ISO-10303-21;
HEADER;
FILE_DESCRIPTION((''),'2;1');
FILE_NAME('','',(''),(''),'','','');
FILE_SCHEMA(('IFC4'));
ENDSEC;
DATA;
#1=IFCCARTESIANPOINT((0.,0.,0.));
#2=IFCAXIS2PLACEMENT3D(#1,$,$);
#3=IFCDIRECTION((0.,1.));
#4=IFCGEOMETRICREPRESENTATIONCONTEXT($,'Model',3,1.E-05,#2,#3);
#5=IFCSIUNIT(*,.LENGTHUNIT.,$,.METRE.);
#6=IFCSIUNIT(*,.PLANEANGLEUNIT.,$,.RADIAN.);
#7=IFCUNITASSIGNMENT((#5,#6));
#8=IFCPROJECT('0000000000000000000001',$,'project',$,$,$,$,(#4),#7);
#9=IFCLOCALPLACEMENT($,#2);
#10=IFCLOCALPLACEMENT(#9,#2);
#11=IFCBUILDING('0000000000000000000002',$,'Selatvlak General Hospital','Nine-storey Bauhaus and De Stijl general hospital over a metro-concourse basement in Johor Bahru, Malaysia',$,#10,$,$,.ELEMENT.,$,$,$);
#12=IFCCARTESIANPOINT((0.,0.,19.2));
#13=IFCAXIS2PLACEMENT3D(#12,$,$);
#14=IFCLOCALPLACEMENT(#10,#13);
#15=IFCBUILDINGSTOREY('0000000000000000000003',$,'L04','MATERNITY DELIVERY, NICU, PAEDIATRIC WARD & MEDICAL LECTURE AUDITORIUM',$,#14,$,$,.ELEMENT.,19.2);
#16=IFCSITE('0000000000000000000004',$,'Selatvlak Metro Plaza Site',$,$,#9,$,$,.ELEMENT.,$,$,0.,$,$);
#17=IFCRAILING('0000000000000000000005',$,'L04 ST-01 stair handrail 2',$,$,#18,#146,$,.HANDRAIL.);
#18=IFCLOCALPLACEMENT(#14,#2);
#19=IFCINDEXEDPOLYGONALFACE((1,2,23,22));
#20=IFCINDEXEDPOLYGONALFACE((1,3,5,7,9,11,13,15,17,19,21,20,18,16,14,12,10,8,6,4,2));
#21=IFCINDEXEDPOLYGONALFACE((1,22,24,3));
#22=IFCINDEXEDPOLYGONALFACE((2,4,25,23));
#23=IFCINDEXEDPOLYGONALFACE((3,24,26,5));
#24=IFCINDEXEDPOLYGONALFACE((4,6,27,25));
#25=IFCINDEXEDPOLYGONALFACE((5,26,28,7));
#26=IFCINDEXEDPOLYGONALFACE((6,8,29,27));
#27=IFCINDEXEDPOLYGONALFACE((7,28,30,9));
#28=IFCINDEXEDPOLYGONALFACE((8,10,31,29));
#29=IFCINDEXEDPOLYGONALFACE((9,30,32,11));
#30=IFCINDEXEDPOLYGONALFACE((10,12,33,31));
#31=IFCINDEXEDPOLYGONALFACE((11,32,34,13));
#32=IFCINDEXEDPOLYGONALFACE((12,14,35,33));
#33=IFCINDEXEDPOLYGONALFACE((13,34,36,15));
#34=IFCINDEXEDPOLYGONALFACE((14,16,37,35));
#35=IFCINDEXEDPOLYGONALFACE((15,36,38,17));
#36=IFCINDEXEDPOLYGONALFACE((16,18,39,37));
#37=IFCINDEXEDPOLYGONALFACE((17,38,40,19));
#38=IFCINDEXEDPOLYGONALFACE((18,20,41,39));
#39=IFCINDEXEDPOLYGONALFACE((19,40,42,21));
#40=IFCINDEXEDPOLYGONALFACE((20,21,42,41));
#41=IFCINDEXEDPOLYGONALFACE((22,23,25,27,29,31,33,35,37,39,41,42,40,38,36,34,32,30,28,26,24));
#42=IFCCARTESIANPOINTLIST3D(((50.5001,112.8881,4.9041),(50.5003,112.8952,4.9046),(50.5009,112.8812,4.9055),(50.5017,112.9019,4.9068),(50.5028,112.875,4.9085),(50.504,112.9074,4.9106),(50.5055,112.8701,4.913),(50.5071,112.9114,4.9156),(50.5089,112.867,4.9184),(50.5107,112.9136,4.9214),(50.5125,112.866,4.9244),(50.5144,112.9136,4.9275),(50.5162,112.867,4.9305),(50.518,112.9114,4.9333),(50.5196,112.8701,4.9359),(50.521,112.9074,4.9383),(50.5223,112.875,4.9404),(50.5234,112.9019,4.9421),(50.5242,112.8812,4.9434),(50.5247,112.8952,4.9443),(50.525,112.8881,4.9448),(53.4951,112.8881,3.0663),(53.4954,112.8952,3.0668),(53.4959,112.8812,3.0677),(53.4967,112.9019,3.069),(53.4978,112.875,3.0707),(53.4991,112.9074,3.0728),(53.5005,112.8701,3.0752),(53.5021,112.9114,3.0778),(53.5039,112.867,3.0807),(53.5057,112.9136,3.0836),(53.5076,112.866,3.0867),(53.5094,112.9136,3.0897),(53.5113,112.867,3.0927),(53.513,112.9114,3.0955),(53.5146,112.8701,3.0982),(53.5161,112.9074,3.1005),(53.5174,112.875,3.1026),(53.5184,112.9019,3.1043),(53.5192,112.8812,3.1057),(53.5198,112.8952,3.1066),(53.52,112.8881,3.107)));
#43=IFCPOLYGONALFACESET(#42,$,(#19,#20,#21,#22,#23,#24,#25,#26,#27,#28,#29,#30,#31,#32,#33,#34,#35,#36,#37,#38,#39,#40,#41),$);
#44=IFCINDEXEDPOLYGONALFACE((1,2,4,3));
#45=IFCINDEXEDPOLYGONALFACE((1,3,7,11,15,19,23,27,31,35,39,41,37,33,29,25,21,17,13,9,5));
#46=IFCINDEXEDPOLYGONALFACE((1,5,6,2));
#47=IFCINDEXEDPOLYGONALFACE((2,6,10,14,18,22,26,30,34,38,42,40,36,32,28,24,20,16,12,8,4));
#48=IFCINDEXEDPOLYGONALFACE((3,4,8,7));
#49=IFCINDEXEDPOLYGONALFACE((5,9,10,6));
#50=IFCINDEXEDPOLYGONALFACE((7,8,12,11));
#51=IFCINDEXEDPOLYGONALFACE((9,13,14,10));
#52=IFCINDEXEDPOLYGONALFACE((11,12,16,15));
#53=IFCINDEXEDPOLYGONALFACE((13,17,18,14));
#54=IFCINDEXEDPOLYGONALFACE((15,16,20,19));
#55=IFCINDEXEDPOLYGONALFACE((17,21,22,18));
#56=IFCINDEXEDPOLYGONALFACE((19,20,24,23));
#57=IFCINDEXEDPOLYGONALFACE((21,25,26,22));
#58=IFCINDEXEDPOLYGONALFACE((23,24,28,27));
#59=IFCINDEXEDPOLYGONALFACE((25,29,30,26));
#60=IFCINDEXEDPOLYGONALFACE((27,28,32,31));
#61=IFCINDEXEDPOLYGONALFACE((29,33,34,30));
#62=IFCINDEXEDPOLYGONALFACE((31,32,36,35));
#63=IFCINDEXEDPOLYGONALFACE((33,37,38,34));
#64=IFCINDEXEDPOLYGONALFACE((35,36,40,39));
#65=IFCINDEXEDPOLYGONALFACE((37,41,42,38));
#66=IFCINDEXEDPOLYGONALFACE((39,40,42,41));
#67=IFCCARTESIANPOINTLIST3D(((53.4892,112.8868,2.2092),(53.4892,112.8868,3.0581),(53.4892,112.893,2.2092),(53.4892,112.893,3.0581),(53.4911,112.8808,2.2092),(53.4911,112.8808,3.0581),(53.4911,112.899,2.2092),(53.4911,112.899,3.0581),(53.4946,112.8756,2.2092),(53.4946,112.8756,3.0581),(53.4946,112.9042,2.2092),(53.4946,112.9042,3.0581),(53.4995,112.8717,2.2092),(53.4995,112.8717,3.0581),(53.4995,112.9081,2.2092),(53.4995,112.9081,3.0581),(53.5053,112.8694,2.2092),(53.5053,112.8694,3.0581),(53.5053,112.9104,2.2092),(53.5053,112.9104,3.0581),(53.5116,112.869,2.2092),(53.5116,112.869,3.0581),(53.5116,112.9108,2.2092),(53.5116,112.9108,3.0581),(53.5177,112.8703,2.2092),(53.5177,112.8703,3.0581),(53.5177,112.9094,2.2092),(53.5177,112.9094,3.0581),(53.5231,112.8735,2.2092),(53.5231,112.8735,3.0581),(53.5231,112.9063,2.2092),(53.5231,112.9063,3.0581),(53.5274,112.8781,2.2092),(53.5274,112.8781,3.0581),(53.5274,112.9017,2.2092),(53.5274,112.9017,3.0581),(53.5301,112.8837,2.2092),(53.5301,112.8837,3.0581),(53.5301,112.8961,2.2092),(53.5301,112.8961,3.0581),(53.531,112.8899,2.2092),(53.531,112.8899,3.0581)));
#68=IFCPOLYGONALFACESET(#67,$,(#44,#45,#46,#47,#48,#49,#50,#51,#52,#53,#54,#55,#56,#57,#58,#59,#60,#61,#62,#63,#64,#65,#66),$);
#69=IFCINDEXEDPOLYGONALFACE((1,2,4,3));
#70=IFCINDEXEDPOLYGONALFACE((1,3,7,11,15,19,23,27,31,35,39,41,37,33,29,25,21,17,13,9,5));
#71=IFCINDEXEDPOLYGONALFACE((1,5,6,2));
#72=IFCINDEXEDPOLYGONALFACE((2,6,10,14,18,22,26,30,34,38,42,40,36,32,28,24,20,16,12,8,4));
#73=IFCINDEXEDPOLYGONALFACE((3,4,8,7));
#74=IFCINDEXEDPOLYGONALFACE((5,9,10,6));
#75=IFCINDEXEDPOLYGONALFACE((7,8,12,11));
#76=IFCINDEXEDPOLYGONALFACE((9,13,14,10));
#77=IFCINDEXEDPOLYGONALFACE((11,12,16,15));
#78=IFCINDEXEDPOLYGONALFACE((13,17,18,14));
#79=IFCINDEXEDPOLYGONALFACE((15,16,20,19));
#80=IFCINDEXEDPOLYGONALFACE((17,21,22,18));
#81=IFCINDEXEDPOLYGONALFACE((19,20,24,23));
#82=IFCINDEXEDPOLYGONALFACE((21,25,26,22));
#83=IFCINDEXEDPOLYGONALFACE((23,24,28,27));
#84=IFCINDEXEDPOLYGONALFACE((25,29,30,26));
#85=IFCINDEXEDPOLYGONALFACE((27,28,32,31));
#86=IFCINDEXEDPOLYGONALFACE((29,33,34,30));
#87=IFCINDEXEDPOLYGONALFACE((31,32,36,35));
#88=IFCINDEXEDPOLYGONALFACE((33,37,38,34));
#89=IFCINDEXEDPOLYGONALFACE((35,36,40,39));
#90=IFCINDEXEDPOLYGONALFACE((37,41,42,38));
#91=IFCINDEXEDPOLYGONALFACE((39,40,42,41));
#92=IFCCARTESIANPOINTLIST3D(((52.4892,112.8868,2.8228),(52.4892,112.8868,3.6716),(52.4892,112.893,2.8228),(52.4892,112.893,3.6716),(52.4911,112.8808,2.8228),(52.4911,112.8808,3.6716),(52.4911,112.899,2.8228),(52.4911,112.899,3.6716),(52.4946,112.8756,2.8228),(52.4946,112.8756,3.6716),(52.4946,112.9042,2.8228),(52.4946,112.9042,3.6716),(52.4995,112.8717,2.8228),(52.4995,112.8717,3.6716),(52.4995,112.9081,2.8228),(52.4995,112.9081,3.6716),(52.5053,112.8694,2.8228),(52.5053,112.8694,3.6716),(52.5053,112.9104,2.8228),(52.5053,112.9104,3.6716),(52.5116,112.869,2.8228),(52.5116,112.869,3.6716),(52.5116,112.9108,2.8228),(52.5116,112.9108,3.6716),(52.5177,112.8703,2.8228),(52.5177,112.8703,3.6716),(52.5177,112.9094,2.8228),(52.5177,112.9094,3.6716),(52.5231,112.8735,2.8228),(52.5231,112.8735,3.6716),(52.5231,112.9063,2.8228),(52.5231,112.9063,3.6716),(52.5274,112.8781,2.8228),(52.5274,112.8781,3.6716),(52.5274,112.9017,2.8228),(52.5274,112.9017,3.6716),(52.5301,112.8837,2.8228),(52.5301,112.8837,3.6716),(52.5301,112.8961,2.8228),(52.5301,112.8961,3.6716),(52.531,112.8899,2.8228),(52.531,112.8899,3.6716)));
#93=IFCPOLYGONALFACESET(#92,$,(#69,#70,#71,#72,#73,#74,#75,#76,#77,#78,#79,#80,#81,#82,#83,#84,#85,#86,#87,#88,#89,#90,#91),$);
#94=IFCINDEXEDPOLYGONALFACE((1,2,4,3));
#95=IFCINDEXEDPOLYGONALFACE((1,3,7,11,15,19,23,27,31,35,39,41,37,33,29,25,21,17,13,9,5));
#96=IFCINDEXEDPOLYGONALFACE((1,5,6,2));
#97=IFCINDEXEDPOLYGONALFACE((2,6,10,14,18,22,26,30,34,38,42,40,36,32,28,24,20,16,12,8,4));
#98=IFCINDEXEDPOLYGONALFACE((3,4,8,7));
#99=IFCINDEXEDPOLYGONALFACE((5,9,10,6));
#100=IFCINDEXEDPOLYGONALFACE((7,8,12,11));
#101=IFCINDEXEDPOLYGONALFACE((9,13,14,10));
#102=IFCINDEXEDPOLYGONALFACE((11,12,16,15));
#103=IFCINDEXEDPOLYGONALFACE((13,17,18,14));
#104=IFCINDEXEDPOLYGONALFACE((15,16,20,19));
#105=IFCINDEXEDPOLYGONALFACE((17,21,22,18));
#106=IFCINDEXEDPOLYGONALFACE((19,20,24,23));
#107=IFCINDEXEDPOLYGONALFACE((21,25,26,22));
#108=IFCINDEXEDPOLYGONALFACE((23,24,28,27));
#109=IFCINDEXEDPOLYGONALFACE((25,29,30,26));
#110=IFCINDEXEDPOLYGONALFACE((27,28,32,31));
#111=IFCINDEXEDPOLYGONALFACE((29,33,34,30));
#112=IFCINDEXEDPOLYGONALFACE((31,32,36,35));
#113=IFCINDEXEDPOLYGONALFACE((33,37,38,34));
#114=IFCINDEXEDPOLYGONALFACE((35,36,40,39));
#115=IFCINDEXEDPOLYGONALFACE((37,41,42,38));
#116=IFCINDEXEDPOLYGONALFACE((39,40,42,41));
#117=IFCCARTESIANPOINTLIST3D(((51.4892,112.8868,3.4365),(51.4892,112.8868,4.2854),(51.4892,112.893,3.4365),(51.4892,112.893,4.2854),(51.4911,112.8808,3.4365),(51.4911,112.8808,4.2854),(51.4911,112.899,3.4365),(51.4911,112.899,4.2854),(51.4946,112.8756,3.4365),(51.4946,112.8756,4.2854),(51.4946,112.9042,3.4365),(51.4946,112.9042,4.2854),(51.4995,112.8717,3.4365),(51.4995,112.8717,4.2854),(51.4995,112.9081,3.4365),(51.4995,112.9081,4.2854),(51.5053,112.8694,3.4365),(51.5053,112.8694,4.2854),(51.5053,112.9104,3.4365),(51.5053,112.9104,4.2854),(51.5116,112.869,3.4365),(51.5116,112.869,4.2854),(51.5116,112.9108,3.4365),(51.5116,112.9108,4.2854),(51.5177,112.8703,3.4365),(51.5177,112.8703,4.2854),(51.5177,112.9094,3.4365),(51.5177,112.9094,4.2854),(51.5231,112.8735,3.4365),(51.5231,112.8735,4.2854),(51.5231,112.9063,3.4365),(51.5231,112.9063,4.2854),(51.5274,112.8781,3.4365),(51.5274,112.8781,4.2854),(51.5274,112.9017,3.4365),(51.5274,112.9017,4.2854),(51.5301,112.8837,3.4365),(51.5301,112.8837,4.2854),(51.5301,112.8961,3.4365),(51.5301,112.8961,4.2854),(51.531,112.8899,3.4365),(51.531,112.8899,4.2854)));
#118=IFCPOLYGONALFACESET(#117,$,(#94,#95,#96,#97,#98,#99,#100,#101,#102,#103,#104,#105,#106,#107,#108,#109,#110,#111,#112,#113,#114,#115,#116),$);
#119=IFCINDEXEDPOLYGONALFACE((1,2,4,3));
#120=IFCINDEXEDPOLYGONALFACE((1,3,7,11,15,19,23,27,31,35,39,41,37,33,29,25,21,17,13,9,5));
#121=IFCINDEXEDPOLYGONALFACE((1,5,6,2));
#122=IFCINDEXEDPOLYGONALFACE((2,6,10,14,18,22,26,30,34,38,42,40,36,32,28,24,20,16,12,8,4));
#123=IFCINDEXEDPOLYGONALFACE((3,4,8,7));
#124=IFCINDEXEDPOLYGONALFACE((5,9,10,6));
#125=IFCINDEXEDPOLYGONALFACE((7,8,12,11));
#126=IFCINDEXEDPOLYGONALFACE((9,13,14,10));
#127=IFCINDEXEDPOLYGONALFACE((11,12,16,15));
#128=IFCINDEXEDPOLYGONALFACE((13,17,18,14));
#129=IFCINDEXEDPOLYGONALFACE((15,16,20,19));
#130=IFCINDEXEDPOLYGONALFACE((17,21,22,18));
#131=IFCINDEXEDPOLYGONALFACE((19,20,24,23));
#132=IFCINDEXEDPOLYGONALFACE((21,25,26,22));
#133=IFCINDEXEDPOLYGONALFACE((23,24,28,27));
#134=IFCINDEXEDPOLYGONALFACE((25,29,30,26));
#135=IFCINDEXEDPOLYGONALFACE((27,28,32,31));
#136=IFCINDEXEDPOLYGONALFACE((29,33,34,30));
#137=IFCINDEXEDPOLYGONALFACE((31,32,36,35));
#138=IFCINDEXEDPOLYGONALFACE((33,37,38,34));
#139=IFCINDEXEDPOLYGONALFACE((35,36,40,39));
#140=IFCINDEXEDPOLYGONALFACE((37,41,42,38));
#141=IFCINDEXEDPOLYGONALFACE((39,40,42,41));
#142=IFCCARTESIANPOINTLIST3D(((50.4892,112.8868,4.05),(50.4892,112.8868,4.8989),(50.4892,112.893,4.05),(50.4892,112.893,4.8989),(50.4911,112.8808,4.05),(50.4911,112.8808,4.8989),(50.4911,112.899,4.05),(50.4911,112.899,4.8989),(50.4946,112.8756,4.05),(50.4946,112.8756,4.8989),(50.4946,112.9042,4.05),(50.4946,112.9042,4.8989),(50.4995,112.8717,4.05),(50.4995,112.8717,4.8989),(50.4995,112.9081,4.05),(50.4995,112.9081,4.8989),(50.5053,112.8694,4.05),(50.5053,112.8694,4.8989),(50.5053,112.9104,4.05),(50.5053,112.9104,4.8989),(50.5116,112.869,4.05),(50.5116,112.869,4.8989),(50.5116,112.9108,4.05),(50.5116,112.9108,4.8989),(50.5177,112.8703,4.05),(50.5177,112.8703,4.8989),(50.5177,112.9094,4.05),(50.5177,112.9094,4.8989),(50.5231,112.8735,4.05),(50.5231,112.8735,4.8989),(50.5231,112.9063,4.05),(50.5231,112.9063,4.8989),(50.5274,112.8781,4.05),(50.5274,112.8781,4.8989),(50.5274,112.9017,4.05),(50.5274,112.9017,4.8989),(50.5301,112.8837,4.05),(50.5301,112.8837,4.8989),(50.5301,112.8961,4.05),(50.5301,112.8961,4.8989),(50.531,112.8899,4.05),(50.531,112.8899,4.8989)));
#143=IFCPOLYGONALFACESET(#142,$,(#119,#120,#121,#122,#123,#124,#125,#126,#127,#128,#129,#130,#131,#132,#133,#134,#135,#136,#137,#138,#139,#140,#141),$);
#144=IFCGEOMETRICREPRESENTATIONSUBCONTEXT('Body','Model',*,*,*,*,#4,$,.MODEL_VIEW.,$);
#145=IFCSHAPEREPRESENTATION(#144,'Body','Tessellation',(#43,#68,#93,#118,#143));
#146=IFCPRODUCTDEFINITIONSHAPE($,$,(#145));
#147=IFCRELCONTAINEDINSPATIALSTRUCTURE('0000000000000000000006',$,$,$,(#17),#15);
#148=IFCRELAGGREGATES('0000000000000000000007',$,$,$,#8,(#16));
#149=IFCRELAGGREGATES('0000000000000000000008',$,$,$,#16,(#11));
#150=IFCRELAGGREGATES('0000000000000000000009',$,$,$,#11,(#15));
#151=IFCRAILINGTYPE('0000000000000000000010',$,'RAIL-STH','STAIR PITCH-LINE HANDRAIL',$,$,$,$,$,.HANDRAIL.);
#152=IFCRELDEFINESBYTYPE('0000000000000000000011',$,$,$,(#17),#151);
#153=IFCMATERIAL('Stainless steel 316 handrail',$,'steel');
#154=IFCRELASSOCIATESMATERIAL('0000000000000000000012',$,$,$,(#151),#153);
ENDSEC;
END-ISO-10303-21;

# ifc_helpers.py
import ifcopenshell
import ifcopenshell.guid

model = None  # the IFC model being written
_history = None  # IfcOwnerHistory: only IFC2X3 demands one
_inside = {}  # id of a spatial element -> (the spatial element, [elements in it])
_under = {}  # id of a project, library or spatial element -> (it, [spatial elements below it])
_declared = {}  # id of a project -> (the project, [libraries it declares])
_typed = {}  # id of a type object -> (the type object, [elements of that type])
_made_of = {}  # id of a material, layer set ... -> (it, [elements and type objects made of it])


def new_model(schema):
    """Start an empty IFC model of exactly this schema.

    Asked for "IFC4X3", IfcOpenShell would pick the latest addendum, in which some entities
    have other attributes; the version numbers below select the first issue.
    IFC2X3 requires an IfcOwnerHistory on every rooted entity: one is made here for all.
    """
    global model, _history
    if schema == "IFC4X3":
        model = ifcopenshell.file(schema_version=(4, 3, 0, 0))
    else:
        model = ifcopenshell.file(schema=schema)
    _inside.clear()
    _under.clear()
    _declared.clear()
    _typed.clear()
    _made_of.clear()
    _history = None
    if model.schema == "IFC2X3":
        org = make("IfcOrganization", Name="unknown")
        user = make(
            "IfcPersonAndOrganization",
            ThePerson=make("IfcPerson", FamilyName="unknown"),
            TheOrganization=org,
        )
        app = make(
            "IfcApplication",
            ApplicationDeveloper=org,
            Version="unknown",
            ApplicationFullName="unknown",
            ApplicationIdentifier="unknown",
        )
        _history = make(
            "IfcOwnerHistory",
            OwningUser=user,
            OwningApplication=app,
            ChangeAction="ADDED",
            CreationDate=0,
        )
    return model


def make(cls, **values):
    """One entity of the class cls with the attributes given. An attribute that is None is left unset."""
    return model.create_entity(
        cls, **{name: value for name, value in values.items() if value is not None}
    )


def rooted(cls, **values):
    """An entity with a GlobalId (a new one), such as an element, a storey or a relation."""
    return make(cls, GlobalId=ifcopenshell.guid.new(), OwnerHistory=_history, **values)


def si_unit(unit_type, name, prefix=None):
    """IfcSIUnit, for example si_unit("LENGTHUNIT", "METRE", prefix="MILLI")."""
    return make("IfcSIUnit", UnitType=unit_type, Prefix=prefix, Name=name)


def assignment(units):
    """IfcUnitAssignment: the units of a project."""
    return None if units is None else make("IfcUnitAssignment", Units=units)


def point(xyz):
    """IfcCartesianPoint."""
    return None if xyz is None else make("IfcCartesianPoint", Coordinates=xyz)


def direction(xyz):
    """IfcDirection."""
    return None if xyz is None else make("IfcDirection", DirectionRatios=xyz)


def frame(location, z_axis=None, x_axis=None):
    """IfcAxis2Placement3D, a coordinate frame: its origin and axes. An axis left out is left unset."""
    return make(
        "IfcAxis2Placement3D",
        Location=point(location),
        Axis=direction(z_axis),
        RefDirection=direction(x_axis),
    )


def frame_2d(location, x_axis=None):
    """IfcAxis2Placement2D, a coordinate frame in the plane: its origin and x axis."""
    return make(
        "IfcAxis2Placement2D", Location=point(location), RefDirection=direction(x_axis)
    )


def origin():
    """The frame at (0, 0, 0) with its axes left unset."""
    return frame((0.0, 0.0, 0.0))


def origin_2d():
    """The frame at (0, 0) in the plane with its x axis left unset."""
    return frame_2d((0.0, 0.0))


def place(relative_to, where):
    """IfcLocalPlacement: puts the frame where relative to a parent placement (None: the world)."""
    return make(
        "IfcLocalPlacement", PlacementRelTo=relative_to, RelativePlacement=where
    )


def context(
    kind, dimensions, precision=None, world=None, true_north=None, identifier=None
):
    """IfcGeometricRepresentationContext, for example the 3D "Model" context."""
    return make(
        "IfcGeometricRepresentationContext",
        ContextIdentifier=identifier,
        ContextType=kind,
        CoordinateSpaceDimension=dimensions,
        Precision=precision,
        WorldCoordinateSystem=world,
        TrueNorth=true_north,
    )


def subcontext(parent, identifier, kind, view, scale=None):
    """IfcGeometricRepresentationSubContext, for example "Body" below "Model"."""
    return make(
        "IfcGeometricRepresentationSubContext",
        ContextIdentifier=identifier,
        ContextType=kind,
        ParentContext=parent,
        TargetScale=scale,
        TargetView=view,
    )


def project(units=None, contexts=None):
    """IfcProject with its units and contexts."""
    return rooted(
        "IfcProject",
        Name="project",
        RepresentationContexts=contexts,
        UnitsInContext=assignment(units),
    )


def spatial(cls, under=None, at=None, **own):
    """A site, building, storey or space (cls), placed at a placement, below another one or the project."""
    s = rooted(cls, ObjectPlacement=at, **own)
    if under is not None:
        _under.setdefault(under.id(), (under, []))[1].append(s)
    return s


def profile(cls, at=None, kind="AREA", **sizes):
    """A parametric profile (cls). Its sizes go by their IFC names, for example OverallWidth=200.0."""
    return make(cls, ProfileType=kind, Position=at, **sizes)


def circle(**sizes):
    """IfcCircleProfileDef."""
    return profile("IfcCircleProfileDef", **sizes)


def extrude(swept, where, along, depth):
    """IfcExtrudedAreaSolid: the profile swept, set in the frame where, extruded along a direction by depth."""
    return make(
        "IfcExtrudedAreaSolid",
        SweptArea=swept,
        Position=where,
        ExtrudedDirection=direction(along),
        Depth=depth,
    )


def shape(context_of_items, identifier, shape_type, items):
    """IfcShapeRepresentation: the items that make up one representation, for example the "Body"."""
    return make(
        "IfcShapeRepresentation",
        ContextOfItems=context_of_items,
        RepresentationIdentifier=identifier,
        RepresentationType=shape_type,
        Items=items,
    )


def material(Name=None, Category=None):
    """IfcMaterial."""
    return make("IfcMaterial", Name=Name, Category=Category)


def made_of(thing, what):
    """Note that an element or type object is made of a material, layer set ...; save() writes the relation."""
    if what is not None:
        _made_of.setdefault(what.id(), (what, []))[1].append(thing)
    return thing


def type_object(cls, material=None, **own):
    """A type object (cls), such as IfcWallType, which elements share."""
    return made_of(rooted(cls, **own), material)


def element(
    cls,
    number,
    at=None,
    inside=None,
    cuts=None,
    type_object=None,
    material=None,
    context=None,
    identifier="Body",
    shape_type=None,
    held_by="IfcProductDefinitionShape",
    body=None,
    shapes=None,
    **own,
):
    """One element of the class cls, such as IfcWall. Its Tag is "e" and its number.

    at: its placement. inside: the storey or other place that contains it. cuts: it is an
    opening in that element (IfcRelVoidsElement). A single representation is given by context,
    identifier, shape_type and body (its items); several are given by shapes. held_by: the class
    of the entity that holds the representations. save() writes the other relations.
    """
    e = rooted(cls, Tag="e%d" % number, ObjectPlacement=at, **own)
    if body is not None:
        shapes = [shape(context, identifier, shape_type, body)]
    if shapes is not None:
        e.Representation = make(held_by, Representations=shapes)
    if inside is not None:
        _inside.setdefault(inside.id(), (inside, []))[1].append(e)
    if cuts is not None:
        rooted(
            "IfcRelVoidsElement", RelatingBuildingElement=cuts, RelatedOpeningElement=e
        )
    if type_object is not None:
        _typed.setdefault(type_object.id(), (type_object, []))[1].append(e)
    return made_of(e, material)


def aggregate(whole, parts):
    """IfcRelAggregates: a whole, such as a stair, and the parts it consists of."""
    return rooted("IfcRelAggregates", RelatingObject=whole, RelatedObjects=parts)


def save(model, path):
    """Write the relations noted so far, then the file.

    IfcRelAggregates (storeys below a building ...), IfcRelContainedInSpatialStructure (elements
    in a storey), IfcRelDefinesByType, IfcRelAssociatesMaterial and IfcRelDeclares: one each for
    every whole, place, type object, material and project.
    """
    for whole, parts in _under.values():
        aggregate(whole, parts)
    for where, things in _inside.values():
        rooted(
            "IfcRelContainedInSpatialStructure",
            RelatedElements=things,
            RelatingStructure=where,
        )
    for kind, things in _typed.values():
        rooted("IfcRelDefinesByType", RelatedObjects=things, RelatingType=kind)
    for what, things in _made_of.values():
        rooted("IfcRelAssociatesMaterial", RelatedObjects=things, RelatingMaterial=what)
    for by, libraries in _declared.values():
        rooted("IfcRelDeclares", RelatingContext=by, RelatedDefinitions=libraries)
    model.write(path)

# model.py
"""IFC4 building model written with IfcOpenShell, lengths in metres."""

from ifc_helpers import new_model, si_unit, direction, frame, origin, origin_2d, place, context, subcontext, project, spatial, circle, extrude, material, type_object, element, save


model = new_model("IFC4")

# Units and contexts
model_context = context("Model", 3, precision=1e-05, world=origin(), true_north=direction((0.0, 1.0)))
body_context = subcontext(model_context, "Body", "Model", "MODEL_VIEW")
ifc_project = project(units=[si_unit("LENGTHUNIT", "METRE"), si_unit("PLANEANGLEUNIT", "RADIAN")], contexts=[model_context])

# Site, building, storey
site_placement = place(None, origin())
site = spatial("IfcSite", under=ifc_project, at=site_placement, Name="Selatvlak Metro Plaza Site", CompositionType="ELEMENT", RefElevation=0.0)
building_placement = place(site_placement, origin())
building = spatial("IfcBuilding", under=site, at=building_placement, Name="Selatvlak General Hospital", Description="Nine-storey Bauhaus and De Stijl general hospital over a metro-concourse basement in Johor Bahru, Malaysia", CompositionType="ELEMENT")
storey_placement = place(building_placement, frame((0.0, 0.0, 19.2)))
storey = spatial("IfcBuildingStorey", under=building, at=storey_placement, Name="L04", Description="MATERNITY DELIVERY, NICU, PAEDIATRIC WARD & MEDICAL LECTURE AUDITORIUM", CompositionType="ELEMENT", Elevation=19.2)

# Railing
ifc_material_1 = material(Name="Stainless steel 316 handrail", Category="steel")
railing_type = type_object("IfcRailingType", Name="RAIL-STH", Description="STAIR PITCH-LINE HANDRAIL", PredefinedType="HANDRAIL", material=ifc_material_1)
railing_placement = place(storey_placement, frame((53.51, 112.8899, 2.2092)))
element("IfcRailing", 1, at=railing_placement, inside=storey, type_object=railing_type, Name="L04 ST-01 stair handrail 2", PredefinedType="HANDRAIL", context=body_context, shape_type="SweptSolid", body=[
    extrude(circle(Radius=0.0239, at=origin_2d()), frame((-0.0024, 0.0, 0.8774), z_axis=(-0.852334, 0.0, 0.522998), x_axis=(0.0, -1.0, 0.0)), (0.0, 0.0, 1.0), 3.5139),
    extrude(circle(Radius=0.021, at=origin_2d()), origin(), (0.0, 0.0, 1.0), 0.8489),
    extrude(circle(Radius=0.021, at=origin_2d()), frame((-1.0, 0.0, 0.6135)), (0.0, 0.0, 1.0), 0.8489),
    extrude(circle(Radius=0.021, at=origin_2d()), frame((-2.0, 0.0, 1.2273)), (0.0, 0.0, 1.0), 0.8489),
    extrude(circle(Radius=0.021, at=origin_2d()), frame((-3.0, 0.0, 1.8408)), (0.0, 0.0, 1.0), 0.8489),
])

save(model, "model.ifc")
